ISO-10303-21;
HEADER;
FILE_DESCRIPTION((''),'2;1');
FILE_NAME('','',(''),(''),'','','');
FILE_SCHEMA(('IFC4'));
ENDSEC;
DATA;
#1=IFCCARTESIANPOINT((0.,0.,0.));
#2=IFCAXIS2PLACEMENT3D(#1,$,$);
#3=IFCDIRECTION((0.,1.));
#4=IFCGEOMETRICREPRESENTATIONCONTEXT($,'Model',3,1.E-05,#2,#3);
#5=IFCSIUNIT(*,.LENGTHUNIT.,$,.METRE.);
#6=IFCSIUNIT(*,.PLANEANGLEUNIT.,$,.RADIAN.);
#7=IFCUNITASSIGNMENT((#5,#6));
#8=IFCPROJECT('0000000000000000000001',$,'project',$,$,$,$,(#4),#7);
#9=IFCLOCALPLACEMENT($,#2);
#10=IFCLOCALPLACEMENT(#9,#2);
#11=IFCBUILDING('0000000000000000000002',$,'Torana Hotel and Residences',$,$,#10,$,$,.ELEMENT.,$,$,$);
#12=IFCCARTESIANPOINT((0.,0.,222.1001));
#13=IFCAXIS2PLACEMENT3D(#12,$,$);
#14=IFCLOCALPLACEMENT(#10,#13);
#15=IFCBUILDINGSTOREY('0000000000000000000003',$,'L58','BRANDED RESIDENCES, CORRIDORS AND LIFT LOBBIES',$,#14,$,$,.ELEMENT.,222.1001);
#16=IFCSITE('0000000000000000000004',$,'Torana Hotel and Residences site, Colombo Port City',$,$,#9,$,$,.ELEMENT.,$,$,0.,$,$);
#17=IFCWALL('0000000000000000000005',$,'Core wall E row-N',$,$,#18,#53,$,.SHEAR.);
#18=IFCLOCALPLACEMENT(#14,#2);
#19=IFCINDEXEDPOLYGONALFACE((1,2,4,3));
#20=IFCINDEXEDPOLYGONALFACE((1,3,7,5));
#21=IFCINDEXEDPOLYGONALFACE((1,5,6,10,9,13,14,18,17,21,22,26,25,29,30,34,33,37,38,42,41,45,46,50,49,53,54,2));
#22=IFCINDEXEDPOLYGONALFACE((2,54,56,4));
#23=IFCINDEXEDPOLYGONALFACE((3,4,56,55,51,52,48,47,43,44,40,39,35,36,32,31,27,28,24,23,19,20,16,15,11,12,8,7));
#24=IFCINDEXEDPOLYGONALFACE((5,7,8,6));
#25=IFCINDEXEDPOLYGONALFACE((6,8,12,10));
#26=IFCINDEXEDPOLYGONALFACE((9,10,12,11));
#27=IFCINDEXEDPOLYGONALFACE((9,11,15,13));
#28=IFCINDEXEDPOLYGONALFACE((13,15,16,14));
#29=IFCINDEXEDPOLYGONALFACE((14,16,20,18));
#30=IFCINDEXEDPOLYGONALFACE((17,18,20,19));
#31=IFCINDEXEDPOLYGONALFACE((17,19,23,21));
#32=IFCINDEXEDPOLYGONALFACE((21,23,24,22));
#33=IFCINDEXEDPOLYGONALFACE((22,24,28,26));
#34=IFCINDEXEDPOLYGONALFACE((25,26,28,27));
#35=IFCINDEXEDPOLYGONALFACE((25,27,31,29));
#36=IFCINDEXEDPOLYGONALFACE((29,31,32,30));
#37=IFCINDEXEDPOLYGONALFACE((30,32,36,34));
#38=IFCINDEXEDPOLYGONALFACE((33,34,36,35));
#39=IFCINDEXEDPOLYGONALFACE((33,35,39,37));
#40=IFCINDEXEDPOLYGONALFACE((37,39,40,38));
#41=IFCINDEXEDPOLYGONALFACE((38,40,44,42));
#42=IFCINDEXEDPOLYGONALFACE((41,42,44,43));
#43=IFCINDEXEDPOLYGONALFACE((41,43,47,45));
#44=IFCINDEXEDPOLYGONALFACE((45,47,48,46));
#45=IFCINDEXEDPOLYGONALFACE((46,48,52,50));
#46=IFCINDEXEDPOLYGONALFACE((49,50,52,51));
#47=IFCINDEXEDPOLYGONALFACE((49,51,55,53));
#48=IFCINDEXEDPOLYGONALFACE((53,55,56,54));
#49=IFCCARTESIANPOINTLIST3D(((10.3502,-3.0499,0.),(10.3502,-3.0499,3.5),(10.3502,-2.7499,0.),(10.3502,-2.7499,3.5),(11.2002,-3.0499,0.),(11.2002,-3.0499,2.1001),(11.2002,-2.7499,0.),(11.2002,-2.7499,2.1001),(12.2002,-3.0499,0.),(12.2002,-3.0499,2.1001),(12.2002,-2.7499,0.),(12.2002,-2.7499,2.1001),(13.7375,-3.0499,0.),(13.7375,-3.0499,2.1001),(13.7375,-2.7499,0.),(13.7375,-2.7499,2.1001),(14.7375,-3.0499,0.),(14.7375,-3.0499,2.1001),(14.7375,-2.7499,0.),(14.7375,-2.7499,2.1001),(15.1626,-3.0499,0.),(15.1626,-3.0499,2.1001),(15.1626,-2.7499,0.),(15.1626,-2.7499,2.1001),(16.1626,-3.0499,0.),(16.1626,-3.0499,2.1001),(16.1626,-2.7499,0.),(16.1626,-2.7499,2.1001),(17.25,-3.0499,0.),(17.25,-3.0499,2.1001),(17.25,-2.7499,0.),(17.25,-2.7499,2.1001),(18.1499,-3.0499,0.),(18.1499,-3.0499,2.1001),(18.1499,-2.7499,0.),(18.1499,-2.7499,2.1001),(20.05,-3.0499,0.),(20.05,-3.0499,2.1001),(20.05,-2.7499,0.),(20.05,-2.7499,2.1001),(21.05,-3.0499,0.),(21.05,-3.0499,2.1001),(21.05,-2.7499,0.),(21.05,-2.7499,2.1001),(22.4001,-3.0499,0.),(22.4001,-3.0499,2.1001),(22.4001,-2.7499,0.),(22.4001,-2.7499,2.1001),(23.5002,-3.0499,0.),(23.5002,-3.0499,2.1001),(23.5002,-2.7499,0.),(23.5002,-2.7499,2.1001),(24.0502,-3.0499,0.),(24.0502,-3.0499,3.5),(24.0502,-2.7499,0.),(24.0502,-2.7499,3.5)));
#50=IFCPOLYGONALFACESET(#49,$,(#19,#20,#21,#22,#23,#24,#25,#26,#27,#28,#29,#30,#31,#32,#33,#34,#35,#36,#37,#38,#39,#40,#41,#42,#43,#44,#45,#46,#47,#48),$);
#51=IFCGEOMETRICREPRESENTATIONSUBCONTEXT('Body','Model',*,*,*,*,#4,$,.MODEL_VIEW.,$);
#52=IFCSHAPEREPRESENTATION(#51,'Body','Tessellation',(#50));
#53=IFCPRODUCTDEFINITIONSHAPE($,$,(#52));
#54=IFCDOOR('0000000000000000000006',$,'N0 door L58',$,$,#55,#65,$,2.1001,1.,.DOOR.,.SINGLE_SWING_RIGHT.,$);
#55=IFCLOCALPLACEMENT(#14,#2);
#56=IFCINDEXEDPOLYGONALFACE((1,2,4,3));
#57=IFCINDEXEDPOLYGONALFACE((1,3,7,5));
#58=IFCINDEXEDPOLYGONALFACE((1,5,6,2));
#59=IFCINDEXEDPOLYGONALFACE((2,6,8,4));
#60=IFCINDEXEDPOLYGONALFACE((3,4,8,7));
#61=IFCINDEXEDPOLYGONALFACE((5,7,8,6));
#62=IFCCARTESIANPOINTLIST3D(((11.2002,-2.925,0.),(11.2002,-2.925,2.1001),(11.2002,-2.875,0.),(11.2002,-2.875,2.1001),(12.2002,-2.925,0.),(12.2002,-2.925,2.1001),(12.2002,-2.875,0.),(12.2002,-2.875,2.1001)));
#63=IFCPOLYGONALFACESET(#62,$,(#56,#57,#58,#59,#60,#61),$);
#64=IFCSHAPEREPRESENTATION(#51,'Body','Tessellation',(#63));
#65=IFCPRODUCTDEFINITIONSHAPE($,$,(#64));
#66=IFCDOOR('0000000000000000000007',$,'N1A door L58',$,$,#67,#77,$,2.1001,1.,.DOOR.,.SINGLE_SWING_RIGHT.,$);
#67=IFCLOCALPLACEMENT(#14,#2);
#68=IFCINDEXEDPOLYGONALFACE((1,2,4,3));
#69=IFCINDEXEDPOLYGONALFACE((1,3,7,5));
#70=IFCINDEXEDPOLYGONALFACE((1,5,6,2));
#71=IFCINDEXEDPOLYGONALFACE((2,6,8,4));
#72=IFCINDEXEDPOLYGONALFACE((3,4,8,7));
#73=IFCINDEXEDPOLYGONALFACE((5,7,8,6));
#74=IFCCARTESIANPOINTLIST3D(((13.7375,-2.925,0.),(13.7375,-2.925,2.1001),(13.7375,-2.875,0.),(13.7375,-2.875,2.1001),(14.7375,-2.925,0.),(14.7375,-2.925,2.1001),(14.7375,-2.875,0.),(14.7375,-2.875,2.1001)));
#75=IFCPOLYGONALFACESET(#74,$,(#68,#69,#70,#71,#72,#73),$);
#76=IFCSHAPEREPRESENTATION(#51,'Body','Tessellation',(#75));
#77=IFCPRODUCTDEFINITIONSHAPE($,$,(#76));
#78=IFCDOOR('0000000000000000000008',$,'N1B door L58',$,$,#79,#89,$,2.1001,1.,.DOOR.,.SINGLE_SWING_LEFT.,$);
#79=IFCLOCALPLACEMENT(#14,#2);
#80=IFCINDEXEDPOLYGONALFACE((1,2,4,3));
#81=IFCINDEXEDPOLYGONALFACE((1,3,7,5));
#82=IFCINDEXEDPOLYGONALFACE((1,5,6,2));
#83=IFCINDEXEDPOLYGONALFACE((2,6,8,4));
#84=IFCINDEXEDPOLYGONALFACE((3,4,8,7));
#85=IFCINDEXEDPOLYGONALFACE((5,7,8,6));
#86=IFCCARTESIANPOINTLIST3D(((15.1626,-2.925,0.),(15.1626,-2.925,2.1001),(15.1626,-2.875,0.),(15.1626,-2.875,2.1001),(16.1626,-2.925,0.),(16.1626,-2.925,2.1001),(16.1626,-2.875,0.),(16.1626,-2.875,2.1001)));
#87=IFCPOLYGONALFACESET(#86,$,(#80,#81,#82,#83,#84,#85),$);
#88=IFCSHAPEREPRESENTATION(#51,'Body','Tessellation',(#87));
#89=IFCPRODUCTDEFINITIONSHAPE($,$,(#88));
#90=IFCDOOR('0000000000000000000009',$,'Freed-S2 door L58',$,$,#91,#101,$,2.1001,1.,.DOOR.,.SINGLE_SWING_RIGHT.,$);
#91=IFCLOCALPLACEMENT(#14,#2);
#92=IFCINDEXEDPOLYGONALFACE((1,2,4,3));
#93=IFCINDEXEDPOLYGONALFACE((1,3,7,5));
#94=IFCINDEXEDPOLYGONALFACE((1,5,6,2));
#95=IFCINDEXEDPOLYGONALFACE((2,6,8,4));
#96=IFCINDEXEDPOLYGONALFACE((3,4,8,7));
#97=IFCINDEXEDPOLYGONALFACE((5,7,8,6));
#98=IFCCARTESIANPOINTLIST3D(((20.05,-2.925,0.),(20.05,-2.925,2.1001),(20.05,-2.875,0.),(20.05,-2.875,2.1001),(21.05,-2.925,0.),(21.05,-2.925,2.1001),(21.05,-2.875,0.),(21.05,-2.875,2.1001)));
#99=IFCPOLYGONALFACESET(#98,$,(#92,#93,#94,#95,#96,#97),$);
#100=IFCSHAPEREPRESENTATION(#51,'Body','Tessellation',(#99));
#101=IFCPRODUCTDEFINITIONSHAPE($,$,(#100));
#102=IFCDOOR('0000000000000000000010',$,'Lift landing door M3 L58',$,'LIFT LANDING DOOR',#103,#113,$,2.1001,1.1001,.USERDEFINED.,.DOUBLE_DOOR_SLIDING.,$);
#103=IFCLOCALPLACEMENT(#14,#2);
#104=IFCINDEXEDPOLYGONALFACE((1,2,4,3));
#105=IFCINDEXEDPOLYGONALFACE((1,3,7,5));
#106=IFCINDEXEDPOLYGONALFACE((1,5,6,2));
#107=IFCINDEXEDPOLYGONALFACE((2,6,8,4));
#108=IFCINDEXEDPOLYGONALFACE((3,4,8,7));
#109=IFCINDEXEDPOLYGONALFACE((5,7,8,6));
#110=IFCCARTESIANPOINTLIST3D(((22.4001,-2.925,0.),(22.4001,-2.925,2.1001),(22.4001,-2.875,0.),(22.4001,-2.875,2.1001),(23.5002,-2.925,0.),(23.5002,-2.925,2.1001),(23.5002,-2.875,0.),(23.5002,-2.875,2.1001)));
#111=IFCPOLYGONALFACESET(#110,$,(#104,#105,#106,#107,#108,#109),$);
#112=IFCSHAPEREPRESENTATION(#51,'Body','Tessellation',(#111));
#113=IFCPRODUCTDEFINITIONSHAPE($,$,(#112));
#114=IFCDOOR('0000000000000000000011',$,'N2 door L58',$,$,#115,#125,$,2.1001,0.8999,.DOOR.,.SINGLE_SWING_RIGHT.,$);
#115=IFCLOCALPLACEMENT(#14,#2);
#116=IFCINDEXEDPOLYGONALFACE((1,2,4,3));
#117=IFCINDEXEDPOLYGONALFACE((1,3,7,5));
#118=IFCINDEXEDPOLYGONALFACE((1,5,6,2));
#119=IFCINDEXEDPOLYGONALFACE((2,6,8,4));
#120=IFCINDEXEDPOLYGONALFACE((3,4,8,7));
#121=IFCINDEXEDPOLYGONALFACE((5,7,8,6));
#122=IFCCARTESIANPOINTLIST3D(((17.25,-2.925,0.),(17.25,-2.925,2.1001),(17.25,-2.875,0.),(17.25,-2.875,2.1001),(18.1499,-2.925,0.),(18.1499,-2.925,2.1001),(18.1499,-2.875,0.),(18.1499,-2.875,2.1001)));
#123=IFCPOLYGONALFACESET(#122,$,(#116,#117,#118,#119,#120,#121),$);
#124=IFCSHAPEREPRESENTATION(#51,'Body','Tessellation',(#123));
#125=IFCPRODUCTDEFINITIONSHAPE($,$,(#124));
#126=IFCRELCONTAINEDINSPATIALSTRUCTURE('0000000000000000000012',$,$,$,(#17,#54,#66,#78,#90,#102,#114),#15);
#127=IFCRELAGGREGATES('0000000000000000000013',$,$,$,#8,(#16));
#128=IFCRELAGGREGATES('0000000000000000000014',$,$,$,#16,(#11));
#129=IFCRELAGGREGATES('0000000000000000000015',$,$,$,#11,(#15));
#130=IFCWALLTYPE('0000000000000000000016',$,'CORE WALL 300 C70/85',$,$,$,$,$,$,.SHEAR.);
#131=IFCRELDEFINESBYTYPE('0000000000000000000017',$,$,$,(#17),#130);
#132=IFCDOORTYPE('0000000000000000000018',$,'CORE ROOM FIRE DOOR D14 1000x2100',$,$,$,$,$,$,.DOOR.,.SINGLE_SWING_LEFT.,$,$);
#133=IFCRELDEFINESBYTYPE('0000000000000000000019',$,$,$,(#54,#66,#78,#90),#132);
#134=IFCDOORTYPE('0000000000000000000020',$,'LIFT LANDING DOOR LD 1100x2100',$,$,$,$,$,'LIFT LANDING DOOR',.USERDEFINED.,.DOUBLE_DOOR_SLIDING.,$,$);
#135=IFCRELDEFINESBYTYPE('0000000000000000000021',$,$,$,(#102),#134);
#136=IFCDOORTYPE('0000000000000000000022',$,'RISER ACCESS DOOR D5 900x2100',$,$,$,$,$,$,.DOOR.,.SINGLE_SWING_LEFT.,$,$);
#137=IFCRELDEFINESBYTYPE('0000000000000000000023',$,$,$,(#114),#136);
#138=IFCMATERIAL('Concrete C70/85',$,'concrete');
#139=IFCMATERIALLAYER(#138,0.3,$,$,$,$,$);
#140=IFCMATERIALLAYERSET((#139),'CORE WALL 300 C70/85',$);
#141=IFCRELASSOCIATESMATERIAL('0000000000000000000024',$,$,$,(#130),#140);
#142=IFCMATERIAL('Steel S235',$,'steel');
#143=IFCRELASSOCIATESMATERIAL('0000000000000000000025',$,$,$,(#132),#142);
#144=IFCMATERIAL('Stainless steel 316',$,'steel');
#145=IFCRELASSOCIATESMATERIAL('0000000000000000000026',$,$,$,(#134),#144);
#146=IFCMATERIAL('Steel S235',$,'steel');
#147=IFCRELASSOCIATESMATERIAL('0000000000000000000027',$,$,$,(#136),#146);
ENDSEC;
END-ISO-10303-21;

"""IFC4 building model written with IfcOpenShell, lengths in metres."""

from ifc_helpers import new_model, si_unit, direction, frame, frame_2d, origin, place, context, subcontext, project, spatial, rectangle, extrude, material, layer, layer_set, type_object, element, fill, save


model = new_model("IFC4")

# Units and contexts
model_context = context("Model", 3, precision=1e-05, world=origin(), true_north=direction((0.0, 1.0)))
body_context = subcontext(model_context, "Body", "Model", "MODEL_VIEW")
ifc_project = project(units=[si_unit("LENGTHUNIT", "METRE"), si_unit("PLANEANGLEUNIT", "RADIAN")], contexts=[model_context])

# Site, building, storey
site_placement = place(None, origin())
site = spatial("IfcSite", under=ifc_project, at=site_placement, Name="Torana Hotel and Residences site, Colombo Port City", CompositionType="ELEMENT", RefElevation=0.0)
building_placement = place(site_placement, origin())
building = spatial("IfcBuilding", under=site, at=building_placement, Name="Torana Hotel and Residences", CompositionType="ELEMENT")
storey_placement = place(building_placement, frame((0.0, 0.0, 222.1001)))
storey = spatial("IfcBuildingStorey", under=building, at=storey_placement, Name="L58", Description="BRANDED RESIDENCES, CORRIDORS AND LIFT LOBBIES", CompositionType="ELEMENT", Elevation=222.1001)

# Wall, openings, doors
ifc_material_1 = material(Name="Concrete C70/85", Category="concrete")
ifc_layer_1 = layer(ifc_material_1, 0.3)
ifc_layer_set_1 = layer_set([ifc_layer_1], Name="CORE WALL 300 C70/85")
wall_type_1 = type_object("IfcWallType", Name="CORE WALL 300 C70/85", PredefinedType="SHEAR", material=ifc_layer_set_1)
wall_1_placement = place(storey_placement, frame((10.3501, -2.8999, 0.0), z_axis=(0.0, 0.0, 1.0), x_axis=(1.0, 0.0, 0.0)))
wall_1 = element("IfcWall", 1, at=wall_1_placement, inside=storey, type_object=wall_type_1, Name="Core wall E row-N", PredefinedType="SHEAR", context=body_context, shape_type="SweptSolid", body=[
    extrude(rectangle(XDim=13.7, YDim=0.3, at=frame_2d((6.8501, 0.0))), origin(), (0.0, 0.0, 1.0), 3.5),
])
opening_1_placement = place(wall_1_placement, frame((12.05, 0.0, 0.0)))
opening_1 = element("IfcOpeningElement", 2, at=opening_1_placement, cuts=wall_1, PredefinedType="OPENING", context=body_context, shape_type="SweptSolid", body=[
    extrude(rectangle(XDim=1.1001, YDim=2.1001, at=frame_2d((0.55, 1.05))), frame((0.0, 0.1599, 0.0), z_axis=(0.0, -1.0, 0.0), x_axis=(1.0, 0.0, 0.0)), (0.0, 0.0, 1.0), 0.3201),
])
opening_2_placement = place(wall_1_placement, frame((6.8999, 0.0, 0.0)))
opening_2 = element("IfcOpeningElement", 3, at=opening_2_placement, cuts=wall_1, PredefinedType="OPENING", context=body_context, shape_type="SweptSolid", body=[
    extrude(rectangle(XDim=0.8999, YDim=2.1001, at=frame_2d((0.45, 1.05))), frame((0.0, 0.1599, 0.0), z_axis=(0.0, -1.0, 0.0), x_axis=(1.0, 0.0, 0.0)), (0.0, 0.0, 1.0), 0.3201),
])
opening_3_placement = place(wall_1_placement, frame((0.8501, 0.0, 0.0)))
opening_3 = element("IfcOpeningElement", 4, at=opening_3_placement, cuts=wall_1, PredefinedType="OPENING", context=body_context, shape_type="SweptSolid", body=[
    extrude(rectangle(XDim=1.0, YDim=2.1001, at=frame_2d((0.5, 1.05))), frame((0.0, 0.1599, 0.0), z_axis=(0.0, -1.0, 0.0), x_axis=(1.0, 0.0, 0.0)), (0.0, 0.0, 1.0), 0.3201),
])
opening_4_placement = place(wall_1_placement, frame((3.3875, 0.0, 0.0)))
opening_4 = element("IfcOpeningElement", 5, at=opening_4_placement, cuts=wall_1, PredefinedType="OPENING", context=body_context, shape_type="SweptSolid", body=[
    extrude(rectangle(XDim=1.0, YDim=2.1001, at=frame_2d((0.5, 1.05))), frame((0.0, 0.1599, 0.0), z_axis=(0.0, -1.0, 0.0), x_axis=(1.0, 0.0, 0.0)), (0.0, 0.0, 1.0), 0.3201),
])
opening_5_placement = place(wall_1_placement, frame((4.8125, 0.0, 0.0)))
opening_5 = element("IfcOpeningElement", 6, at=opening_5_placement, cuts=wall_1, PredefinedType="OPENING", context=body_context, shape_type="SweptSolid", body=[
    extrude(rectangle(XDim=1.0, YDim=2.1001, at=frame_2d((0.5, 1.05))), frame((0.0, 0.1599, 0.0), z_axis=(0.0, -1.0, 0.0), x_axis=(1.0, 0.0, 0.0)), (0.0, 0.0, 1.0), 0.3201),
])
opening_6_placement = place(wall_1_placement, frame((9.7, 0.0, 0.0)))
opening_6 = element("IfcOpeningElement", 7, at=opening_6_placement, cuts=wall_1, PredefinedType="OPENING", context=body_context, shape_type="SweptSolid", body=[
    extrude(rectangle(XDim=1.0, YDim=2.1001, at=frame_2d((0.5, 1.05))), frame((0.0, 0.1599, 0.0), z_axis=(0.0, -1.0, 0.0), x_axis=(1.0, 0.0, 0.0)), (0.0, 0.0, 1.0), 0.3201),
])
ifc_material_2 = material(Name="Steel S235", Category="steel")
door_type_1 = type_object("IfcDoorType", Name="CORE ROOM FIRE DOOR D14 1000x2100", OperationType="SINGLE_SWING_LEFT", PredefinedType="DOOR", material=ifc_material_2)
door_1_placement = place(opening_3_placement, origin())
door_1 = element("IfcDoor", 8, at=door_1_placement, inside=storey, type_object=door_type_1, Name="N0 door L58", OperationType="SINGLE_SWING_RIGHT", OverallHeight=2.1001, OverallWidth=1.0, PredefinedType="DOOR", context=body_context, shape_type="SweptSolid", body=[
    extrude(rectangle(XDim=1.0, YDim=2.1001, at=frame_2d((0.5, 1.05))), frame((0.0, 0.0249, 0.0), z_axis=(0.0, -1.0, 0.0), x_axis=(1.0, 0.0, 0.0)), (0.0, 0.0, 1.0), 0.05),
])
fill(opening_3, door_1)
door_2_placement = place(opening_4_placement, origin())
door_2 = element("IfcDoor", 9, at=door_2_placement, inside=storey, type_object=door_type_1, Name="N1A door L58", OperationType="SINGLE_SWING_RIGHT", OverallHeight=2.1001, OverallWidth=1.0, PredefinedType="DOOR", context=body_context, shape_type="SweptSolid", body=[
    extrude(rectangle(XDim=1.0, YDim=2.1001, at=frame_2d((0.5, 1.05))), frame((0.0, 0.0249, 0.0), z_axis=(0.0, -1.0, 0.0), x_axis=(1.0, 0.0, 0.0)), (0.0, 0.0, 1.0), 0.05),
])
fill(opening_4, door_2)
door_3_placement = place(opening_5_placement, origin())
door_3 = element("IfcDoor", 10, at=door_3_placement, inside=storey, type_object=door_type_1, Name="N1B door L58", OperationType="SINGLE_SWING_LEFT", OverallHeight=2.1001, OverallWidth=1.0, PredefinedType="DOOR", context=body_context, shape_type="SweptSolid", body=[
    extrude(rectangle(XDim=1.0, YDim=2.1001, at=frame_2d((0.5, 1.05))), frame((0.0, 0.0249, 0.0), z_axis=(0.0, -1.0, 0.0), x_axis=(1.0, 0.0, 0.0)), (0.0, 0.0, 1.0), 0.05),
])
fill(opening_5, door_3)
door_4_placement = place(opening_6_placement, origin())
door_4 = element("IfcDoor", 11, at=door_4_placement, inside=storey, type_object=door_type_1, Name="Freed-S2 door L58", OperationType="SINGLE_SWING_RIGHT", OverallHeight=2.1001, OverallWidth=1.0, PredefinedType="DOOR", context=body_context, shape_type="SweptSolid", body=[
    extrude(rectangle(XDim=1.0, YDim=2.1001, at=frame_2d((0.5, 1.05))), frame((0.0, 0.0249, 0.0), z_axis=(0.0, -1.0, 0.0), x_axis=(1.0, 0.0, 0.0)), (0.0, 0.0, 1.0), 0.05),
])
fill(opening_6, door_4)
ifc_material_3 = material(Name="Stainless steel 316", Category="steel")
door_type_2 = type_object("IfcDoorType", Name="LIFT LANDING DOOR LD 1100x2100", ElementType="LIFT LANDING DOOR", OperationType="DOUBLE_DOOR_SLIDING", PredefinedType="USERDEFINED", material=ifc_material_3)
door_5_placement = place(opening_1_placement, origin())
door_5 = element("IfcDoor", 12, at=door_5_placement, inside=storey, type_object=door_type_2, Name="Lift landing door M3 L58", ObjectType="LIFT LANDING DOOR", OperationType="DOUBLE_DOOR_SLIDING", OverallHeight=2.1001, OverallWidth=1.1001, PredefinedType="USERDEFINED", context=body_context, shape_type="SweptSolid", body=[
    extrude(rectangle(XDim=1.1001, YDim=2.1001, at=frame_2d((0.55, 1.05))), frame((0.0, 0.0249, 0.0), z_axis=(0.0, -1.0, 0.0), x_axis=(1.0, 0.0, 0.0)), (0.0, 0.0, 1.0), 0.05),
])
fill(opening_1, door_5)
ifc_material_4 = material(Name="Steel S235", Category="steel")
door_type_3 = type_object("IfcDoorType", Name="RISER ACCESS DOOR D5 900x2100", OperationType="SINGLE_SWING_LEFT", PredefinedType="DOOR", material=ifc_material_4)
door_6_placement = place(opening_2_placement, origin())
door_6 = element("IfcDoor", 13, at=door_6_placement, inside=storey, type_object=door_type_3, Name="N2 door L58", OperationType="SINGLE_SWING_RIGHT", OverallHeight=2.1001, OverallWidth=0.8999, PredefinedType="DOOR", context=body_context, shape_type="SweptSolid", body=[
    extrude(rectangle(XDim=0.8999, YDim=2.1001, at=frame_2d((0.45, 1.05))), frame((0.0, 0.0249, 0.0), z_axis=(0.0, -1.0, 0.0), x_axis=(1.0, 0.0, 0.0)), (0.0, 0.0, 1.0), 0.05),
])
fill(opening_2, door_6)

save(model, "model.ifc")
